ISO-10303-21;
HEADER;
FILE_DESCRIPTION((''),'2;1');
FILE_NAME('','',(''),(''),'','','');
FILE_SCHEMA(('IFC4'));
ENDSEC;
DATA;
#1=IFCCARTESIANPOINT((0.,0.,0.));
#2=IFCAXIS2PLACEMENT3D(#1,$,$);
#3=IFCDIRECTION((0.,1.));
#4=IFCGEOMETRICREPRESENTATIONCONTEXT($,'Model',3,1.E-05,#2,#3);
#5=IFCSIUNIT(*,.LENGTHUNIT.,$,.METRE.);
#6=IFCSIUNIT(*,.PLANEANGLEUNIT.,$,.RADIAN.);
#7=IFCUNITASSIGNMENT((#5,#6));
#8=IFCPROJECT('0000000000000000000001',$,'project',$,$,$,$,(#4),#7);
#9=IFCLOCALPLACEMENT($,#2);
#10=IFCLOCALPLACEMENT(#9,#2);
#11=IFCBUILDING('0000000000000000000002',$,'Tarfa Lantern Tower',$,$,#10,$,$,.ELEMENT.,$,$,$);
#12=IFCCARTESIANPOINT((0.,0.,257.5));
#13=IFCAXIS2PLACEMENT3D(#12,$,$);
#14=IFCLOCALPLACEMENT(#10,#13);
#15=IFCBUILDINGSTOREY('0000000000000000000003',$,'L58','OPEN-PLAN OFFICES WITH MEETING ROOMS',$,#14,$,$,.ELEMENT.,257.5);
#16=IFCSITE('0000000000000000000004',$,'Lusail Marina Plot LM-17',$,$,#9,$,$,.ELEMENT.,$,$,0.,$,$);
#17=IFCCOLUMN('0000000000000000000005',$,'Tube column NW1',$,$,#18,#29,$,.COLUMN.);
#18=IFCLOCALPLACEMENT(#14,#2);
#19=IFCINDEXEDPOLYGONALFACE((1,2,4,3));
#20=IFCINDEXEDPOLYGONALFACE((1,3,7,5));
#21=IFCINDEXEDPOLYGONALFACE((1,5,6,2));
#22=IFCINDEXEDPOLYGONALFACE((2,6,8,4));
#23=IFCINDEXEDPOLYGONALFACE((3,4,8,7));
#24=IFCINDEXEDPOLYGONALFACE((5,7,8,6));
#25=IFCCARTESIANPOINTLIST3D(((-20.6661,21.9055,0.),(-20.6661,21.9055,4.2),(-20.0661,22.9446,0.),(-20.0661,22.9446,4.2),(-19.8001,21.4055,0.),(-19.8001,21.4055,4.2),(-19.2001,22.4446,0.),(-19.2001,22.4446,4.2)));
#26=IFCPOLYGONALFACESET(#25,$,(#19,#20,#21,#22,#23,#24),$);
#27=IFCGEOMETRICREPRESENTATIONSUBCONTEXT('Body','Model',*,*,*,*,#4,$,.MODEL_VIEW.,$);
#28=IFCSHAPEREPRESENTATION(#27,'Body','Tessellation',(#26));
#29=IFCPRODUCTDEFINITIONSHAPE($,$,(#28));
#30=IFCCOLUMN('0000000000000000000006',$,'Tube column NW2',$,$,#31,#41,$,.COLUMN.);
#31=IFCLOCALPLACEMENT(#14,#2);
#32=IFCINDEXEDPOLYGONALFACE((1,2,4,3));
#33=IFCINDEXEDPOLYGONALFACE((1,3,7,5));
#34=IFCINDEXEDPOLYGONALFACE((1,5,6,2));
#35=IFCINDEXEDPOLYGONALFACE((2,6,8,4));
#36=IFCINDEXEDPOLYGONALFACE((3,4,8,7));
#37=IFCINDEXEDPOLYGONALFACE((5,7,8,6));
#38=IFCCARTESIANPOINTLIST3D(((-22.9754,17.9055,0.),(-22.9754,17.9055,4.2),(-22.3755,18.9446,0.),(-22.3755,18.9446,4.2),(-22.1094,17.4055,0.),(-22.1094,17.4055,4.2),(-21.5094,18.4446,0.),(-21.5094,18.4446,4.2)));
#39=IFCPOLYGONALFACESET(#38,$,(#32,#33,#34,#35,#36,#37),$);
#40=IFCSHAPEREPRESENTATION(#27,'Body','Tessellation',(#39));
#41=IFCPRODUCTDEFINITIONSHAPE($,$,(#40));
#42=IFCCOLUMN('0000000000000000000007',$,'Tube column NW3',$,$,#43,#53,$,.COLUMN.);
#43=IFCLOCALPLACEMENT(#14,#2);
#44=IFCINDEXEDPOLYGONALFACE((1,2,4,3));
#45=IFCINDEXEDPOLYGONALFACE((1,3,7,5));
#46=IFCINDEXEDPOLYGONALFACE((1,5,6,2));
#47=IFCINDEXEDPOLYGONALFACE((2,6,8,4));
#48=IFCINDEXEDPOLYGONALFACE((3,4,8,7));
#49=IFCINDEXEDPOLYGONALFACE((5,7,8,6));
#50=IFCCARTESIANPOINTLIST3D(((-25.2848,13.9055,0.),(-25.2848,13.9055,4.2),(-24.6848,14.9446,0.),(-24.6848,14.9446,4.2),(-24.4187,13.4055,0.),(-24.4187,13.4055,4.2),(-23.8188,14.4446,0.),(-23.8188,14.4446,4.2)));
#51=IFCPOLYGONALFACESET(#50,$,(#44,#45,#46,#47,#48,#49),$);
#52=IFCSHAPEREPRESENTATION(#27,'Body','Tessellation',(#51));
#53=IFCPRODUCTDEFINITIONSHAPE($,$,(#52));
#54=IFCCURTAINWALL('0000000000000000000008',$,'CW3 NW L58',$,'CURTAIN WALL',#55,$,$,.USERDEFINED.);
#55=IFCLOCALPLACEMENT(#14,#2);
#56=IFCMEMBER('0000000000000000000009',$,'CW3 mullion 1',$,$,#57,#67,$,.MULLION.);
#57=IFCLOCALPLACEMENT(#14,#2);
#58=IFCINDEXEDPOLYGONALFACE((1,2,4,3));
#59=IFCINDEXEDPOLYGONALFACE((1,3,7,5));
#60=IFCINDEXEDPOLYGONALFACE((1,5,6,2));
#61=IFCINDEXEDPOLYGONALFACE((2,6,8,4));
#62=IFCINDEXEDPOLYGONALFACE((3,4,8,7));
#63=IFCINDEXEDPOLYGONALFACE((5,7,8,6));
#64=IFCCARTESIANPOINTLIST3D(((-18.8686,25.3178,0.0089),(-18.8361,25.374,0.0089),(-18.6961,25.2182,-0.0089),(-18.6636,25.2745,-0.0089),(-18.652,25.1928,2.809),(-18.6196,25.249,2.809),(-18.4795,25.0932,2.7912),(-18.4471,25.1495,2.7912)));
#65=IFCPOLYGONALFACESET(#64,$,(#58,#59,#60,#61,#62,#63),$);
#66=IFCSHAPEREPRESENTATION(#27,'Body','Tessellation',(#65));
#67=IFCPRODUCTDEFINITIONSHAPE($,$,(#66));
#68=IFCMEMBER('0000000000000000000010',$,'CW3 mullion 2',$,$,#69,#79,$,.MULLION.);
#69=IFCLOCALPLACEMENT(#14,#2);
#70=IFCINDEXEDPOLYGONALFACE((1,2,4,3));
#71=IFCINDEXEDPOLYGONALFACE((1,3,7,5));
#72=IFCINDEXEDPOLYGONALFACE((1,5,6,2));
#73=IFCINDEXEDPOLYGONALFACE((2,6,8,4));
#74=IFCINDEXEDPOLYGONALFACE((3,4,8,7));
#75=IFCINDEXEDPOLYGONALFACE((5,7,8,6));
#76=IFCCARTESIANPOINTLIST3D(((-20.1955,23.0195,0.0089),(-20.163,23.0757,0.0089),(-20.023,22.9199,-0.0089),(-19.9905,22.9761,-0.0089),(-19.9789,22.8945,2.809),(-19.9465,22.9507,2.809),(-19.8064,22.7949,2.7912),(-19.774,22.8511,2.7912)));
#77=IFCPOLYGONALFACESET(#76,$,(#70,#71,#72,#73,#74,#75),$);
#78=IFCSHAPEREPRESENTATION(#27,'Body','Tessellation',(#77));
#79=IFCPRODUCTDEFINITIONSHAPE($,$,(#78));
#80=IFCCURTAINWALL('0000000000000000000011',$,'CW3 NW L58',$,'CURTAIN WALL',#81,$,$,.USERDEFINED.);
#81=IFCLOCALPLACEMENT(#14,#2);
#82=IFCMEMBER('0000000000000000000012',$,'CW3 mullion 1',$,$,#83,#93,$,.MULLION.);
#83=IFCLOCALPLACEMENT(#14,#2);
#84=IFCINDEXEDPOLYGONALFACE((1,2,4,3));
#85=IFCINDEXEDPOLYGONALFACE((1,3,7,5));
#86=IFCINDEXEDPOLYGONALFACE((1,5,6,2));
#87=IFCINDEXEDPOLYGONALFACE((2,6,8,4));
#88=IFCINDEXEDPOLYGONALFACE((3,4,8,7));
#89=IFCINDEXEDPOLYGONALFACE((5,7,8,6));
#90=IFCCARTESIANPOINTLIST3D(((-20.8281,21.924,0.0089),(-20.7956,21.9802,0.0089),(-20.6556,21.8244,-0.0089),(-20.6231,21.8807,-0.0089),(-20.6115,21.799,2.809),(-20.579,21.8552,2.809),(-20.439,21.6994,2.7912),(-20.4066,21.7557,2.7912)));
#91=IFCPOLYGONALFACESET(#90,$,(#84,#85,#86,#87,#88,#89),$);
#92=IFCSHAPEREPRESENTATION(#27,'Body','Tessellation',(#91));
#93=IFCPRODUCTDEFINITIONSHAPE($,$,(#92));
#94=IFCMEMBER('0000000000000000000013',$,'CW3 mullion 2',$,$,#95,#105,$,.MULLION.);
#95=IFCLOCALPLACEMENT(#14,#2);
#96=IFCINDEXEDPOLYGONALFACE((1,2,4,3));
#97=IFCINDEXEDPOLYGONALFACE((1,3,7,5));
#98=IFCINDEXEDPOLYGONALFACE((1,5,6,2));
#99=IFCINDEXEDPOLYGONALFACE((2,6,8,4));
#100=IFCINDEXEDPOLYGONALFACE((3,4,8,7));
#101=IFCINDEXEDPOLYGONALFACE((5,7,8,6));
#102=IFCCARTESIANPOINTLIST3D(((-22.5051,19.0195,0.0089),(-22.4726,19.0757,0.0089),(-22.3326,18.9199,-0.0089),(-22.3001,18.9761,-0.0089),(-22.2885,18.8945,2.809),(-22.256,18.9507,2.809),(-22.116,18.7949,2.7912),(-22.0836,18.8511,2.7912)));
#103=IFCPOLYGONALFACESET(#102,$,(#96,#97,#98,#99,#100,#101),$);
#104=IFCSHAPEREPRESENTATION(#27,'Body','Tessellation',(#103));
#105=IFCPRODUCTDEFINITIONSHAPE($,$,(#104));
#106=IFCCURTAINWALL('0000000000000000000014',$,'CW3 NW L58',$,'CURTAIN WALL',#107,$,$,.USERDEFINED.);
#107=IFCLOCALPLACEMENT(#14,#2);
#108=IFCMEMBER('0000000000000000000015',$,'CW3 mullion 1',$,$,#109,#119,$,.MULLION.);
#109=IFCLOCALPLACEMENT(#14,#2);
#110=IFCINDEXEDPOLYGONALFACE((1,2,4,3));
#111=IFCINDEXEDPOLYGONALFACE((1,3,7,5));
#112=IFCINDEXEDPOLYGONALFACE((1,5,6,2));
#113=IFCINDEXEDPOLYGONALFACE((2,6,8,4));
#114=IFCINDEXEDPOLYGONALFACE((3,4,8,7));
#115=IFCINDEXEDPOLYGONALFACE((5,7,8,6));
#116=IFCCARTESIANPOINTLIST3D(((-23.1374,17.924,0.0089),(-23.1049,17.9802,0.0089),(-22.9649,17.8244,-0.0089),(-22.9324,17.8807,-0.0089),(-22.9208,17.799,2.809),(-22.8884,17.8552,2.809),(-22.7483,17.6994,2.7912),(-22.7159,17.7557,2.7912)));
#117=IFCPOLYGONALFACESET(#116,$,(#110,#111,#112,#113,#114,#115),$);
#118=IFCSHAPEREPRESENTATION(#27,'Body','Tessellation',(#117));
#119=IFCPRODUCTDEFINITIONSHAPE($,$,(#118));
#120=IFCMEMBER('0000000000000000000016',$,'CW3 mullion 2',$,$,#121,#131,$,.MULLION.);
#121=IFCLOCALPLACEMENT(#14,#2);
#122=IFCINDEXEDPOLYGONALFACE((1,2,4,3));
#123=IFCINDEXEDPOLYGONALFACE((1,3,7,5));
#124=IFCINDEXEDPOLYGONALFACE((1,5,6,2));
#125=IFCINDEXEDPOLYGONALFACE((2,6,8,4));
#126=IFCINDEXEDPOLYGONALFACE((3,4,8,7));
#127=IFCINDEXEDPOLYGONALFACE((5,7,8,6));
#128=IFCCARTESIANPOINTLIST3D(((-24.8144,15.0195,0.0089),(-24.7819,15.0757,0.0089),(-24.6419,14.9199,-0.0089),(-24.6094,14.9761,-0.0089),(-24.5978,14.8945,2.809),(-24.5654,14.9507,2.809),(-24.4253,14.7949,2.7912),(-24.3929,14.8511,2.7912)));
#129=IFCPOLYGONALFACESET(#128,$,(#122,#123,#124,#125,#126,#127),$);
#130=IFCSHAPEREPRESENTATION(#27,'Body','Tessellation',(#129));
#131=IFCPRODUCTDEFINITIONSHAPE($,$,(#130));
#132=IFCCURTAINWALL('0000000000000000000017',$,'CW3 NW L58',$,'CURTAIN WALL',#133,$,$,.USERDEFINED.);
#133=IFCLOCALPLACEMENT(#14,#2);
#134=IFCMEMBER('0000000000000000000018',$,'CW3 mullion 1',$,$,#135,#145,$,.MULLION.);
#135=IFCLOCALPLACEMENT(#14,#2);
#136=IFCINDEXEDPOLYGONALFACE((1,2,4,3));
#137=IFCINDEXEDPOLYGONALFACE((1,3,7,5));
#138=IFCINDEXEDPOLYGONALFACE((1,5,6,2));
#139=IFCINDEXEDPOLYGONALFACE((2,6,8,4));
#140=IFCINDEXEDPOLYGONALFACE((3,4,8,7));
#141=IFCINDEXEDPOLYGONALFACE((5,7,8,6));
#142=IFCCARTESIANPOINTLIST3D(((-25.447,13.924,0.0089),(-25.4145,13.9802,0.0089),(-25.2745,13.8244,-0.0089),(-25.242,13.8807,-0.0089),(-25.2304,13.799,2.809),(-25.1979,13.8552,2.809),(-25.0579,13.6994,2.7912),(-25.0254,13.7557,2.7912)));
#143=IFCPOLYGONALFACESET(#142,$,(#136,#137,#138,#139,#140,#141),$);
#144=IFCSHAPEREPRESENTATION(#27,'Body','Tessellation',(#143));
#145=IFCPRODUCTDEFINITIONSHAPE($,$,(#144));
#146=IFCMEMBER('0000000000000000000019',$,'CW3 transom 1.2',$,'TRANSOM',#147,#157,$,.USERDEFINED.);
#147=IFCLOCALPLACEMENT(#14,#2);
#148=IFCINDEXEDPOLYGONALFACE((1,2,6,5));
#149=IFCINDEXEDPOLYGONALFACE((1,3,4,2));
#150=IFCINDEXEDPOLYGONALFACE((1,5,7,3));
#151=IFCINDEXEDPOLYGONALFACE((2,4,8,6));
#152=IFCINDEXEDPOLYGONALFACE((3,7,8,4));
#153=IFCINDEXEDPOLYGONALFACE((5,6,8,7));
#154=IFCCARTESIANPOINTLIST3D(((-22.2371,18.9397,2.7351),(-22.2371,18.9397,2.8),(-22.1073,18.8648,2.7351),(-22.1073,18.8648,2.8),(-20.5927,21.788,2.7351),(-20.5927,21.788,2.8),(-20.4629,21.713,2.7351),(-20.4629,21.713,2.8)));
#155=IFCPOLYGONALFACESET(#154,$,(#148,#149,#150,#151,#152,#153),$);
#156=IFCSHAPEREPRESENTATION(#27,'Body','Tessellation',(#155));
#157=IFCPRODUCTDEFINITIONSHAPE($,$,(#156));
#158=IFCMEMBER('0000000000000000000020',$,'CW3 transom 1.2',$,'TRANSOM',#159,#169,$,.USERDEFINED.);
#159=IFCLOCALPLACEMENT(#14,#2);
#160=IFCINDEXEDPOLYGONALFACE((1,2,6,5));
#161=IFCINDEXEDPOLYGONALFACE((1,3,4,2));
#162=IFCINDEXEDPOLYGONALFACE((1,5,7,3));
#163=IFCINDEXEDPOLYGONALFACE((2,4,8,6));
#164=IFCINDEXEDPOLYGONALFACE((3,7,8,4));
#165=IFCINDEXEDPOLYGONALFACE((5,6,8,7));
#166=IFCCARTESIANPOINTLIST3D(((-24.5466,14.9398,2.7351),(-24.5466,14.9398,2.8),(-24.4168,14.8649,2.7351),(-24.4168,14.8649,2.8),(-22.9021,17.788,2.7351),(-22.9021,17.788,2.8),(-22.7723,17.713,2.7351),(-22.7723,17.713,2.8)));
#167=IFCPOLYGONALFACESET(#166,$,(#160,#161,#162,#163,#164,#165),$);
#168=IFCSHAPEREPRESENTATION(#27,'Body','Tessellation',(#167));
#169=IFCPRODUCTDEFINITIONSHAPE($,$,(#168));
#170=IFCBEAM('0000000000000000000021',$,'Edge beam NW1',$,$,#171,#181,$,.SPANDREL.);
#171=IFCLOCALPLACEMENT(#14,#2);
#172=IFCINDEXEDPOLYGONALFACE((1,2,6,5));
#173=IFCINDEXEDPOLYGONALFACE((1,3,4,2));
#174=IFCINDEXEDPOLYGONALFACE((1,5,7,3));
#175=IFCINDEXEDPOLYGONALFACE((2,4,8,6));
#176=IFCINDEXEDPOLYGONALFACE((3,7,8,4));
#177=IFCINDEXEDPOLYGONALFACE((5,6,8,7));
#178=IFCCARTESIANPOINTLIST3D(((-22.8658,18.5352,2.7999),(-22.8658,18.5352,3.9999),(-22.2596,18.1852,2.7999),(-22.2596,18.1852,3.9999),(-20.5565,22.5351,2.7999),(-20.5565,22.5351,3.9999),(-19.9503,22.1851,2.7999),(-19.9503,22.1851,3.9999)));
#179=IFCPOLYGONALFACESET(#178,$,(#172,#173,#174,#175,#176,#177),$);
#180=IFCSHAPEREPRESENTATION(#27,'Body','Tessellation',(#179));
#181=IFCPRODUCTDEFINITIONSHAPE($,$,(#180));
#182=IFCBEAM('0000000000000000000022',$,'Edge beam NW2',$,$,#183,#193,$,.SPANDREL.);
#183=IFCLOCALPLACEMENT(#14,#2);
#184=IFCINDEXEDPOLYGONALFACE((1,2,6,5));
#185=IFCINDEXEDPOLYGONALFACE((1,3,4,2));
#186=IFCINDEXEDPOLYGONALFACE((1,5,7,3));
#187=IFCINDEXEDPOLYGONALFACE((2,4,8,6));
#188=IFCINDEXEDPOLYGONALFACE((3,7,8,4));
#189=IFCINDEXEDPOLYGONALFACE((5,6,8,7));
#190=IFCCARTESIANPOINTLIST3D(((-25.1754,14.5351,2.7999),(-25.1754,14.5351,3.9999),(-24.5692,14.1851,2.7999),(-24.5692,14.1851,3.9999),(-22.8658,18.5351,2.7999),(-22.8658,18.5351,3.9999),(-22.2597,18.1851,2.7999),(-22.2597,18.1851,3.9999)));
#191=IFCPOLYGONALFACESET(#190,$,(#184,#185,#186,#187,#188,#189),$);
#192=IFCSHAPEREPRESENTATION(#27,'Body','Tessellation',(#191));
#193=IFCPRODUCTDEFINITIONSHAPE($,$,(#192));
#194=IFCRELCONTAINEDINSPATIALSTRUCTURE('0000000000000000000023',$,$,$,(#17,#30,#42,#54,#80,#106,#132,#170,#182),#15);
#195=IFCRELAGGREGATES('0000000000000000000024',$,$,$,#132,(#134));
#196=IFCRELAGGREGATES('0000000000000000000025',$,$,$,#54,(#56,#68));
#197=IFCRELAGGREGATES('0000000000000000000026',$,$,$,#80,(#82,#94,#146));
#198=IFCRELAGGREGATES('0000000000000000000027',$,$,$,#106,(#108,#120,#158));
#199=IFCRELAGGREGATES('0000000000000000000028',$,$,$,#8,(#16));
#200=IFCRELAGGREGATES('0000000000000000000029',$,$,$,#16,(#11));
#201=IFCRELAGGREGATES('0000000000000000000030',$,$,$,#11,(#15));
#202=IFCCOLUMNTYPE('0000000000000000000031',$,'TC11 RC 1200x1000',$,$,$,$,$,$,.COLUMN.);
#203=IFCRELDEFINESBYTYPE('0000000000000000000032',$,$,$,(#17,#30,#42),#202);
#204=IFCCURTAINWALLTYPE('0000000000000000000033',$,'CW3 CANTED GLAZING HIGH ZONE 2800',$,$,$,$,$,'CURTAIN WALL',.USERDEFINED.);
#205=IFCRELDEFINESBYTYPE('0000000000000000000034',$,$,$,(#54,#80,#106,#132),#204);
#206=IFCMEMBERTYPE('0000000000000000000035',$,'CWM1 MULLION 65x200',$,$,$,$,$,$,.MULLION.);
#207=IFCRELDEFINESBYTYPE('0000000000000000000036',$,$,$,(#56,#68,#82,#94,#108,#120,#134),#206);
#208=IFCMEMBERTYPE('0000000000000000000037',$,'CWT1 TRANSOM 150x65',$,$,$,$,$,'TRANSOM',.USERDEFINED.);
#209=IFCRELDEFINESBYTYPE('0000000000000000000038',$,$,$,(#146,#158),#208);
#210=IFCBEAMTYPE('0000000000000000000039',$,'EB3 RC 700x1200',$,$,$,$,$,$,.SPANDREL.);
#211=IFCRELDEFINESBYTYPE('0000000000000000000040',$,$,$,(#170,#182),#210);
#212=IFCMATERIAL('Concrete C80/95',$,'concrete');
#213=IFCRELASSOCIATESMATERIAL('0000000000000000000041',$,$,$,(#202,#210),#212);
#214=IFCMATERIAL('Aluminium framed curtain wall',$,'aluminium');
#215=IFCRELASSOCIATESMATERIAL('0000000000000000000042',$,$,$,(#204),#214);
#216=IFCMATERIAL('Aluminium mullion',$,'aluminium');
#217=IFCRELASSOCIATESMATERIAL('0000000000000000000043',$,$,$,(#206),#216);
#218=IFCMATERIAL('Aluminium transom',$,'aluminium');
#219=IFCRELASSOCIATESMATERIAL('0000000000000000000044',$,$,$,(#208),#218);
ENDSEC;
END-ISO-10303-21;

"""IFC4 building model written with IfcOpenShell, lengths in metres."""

from ifc_helpers import new_model, si_unit, direction, frame, origin, origin_2d, place, context, subcontext, project, spatial, rectangle, extrude, material, material_profile, profile_set, type_object, element, aggregate, save


model = new_model("IFC4")

# Units and contexts
model_context = context("Model", 3, precision=1e-05, world=origin(), true_north=direction((0.0, 1.0)))
body_context = subcontext(model_context, "Body", "Model", "MODEL_VIEW")
ifc_project = project(units=[si_unit("LENGTHUNIT", "METRE"), si_unit("PLANEANGLEUNIT", "RADIAN")], contexts=[model_context])

# Site, building, storey
site_placement = place(None, origin())
site = spatial("IfcSite", under=ifc_project, at=site_placement, Name="Lusail Marina Plot LM-17", CompositionType="ELEMENT", RefElevation=0.0)
building_placement = place(site_placement, origin())
building = spatial("IfcBuilding", under=site, at=building_placement, Name="Tarfa Lantern Tower", CompositionType="ELEMENT")
storey_placement = place(building_placement, frame((0.0, 0.0, 257.5)))
storey = spatial("IfcBuildingStorey", under=building, at=storey_placement, Name="L58", Description="OPEN-PLAN OFFICES WITH MEETING ROOMS", CompositionType="ELEMENT", Elevation=257.5)

# Columns
ifc_material_1 = material(Name="Concrete C80/95", Category="concrete")
ifc_material_profile_1 = material_profile(ifc_material_1, rectangle(XDim=1.2, YDim=1.0, at=origin_2d()), Name="RC 1200x1000")
ifc_profile_set_1 = profile_set([ifc_material_profile_1], Name="Concrete C80/95")
column_type = type_object("IfcColumnType", Name="TC11 RC 1200x1000", PredefinedType="COLUMN", material=ifc_profile_set_1)
for number, where, z_axis, x_axis, name in (
    (1, (-19.9331, 22.175, 0.0), (0.0, 0.0, 1.0), (-0.5, -0.866025, 0.0), "Tube column NW1"),
    (2, (-22.2424, 18.175, 0.0), (0.0, 0.0, 1.0), (-0.5, -0.866025, 0.0), "Tube column NW2"),
    (3, (-24.5518, 14.175, 0.0), (0.0, 0.0, 1.0), (-0.5, -0.866025, 0.0), "Tube column NW3"),
):
    element("IfcColumn", number, at=place(storey_placement, frame(where, z_axis=z_axis, x_axis=x_axis)), inside=storey, type_object=column_type, Name=name, PredefinedType="COLUMN", context=body_context, shape_type="SweptSolid", body=[
        extrude(rectangle(XDim=1.2, YDim=1.0, at=origin_2d()), origin(), (0.0, 0.0, 1.0), 4.2),
    ])

# Curtain walls, members
ifc_material_2 = material(Name="Aluminium framed curtain wall", Category="aluminium")
curtain_wall_type = type_object("IfcCurtainWallType", Name="CW3 CANTED GLAZING HIGH ZONE 2800", ElementType="CURTAIN WALL", PredefinedType="USERDEFINED", material=ifc_material_2)
curtain_wall_1_placement = place(storey_placement, origin())
curtain_wall_1 = element("IfcCurtainWall", 4, at=curtain_wall_1_placement, inside=storey, type_object=curtain_wall_type, Name="CW3 NW L58", ObjectType="CURTAIN WALL", PredefinedType="USERDEFINED")
ifc_material_3 = material(Name="Aluminium mullion", Category="aluminium")
ifc_material_profile_2 = material_profile(ifc_material_3, rectangle(XDim=0.0649, YDim=0.2, at=origin_2d()), Name="AL MULLION 65x200")
ifc_profile_set_2 = profile_set([ifc_material_profile_2], Name="Aluminium mullion")
member_type_1 = type_object("IfcMemberType", Name="CWM1 MULLION 65x200", PredefinedType="MULLION", material=ifc_profile_set_2)
member_1_placement = place(storey_placement, frame((-18.7661, 25.2961, 0.0), z_axis=(0.077032, -0.044465, 0.996037), x_axis=(0.49992, 0.866072, 0.0)))
member_1 = element("IfcMember", 5, at=member_1_placement, type_object=member_type_1, Name="CW3 mullion 1", PredefinedType="MULLION", context=body_context, shape_type="SweptSolid", body=[
    extrude(rectangle(XDim=0.0649, YDim=0.2, at=origin_2d()), origin(), (0.0, 0.0, 1.0), 2.8113),
])
member_2_placement = place(storey_placement, frame((-20.093, 22.9978, 0.0), z_axis=(0.077032, -0.044465, 0.996037), x_axis=(0.49992, 0.866072, 0.0)))
member_2 = element("IfcMember", 6, at=member_2_placement, type_object=member_type_1, Name="CW3 mullion 2", PredefinedType="MULLION", context=body_context, shape_type="SweptSolid", body=[
    extrude(rectangle(XDim=0.0649, YDim=0.2, at=origin_2d()), origin(), (0.0, 0.0, 1.0), 2.8113),
])
curtain_wall_2_placement = place(storey_placement, origin())
curtain_wall_2 = element("IfcCurtainWall", 7, at=curtain_wall_2_placement, inside=storey, type_object=curtain_wall_type, Name="CW3 NW L58", ObjectType="CURTAIN WALL", PredefinedType="USERDEFINED")
member_3_placement = place(storey_placement, frame((-20.7256, 21.9023, 0.0), z_axis=(0.077032, -0.044465, 0.996037), x_axis=(0.49992, 0.866072, 0.0)))
member_3 = element("IfcMember", 8, at=member_3_placement, type_object=member_type_1, Name="CW3 mullion 1", PredefinedType="MULLION", context=body_context, shape_type="SweptSolid", body=[
    extrude(rectangle(XDim=0.0649, YDim=0.2, at=origin_2d()), origin(), (0.0, 0.0, 1.0), 2.8113),
])
member_4_placement = place(storey_placement, frame((-22.4026, 18.9978, 0.0), z_axis=(0.077032, -0.044465, 0.996037), x_axis=(0.49992, 0.866072, 0.0)))
member_4 = element("IfcMember", 9, at=member_4_placement, type_object=member_type_1, Name="CW3 mullion 2", PredefinedType="MULLION", context=body_context, shape_type="SweptSolid", body=[
    extrude(rectangle(XDim=0.0649, YDim=0.2, at=origin_2d()), origin(), (0.0, 0.0, 1.0), 2.8113),
])
curtain_wall_3_placement = place(storey_placement, origin())
curtain_wall_3 = element("IfcCurtainWall", 10, at=curtain_wall_3_placement, inside=storey, type_object=curtain_wall_type, Name="CW3 NW L58", ObjectType="CURTAIN WALL", PredefinedType="USERDEFINED")
member_5_placement = place(storey_placement, frame((-23.0349, 17.9023, 0.0), z_axis=(0.077032, -0.044465, 0.996037), x_axis=(0.49992, 0.866072, 0.0)))
member_5 = element("IfcMember", 11, at=member_5_placement, type_object=member_type_1, Name="CW3 mullion 1", PredefinedType="MULLION", context=body_context, shape_type="SweptSolid", body=[
    extrude(rectangle(XDim=0.0649, YDim=0.2, at=origin_2d()), origin(), (0.0, 0.0, 1.0), 2.8113),
])
member_6_placement = place(storey_placement, frame((-24.7119, 14.9978, 0.0), z_axis=(0.077032, -0.044465, 0.996037), x_axis=(0.49992, 0.866072, 0.0)))
member_6 = element("IfcMember", 12, at=member_6_placement, type_object=member_type_1, Name="CW3 mullion 2", PredefinedType="MULLION", context=body_context, shape_type="SweptSolid", body=[
    extrude(rectangle(XDim=0.0649, YDim=0.2, at=origin_2d()), origin(), (0.0, 0.0, 1.0), 2.8113),
])

# Curtain wall, member
curtain_wall_4_placement = place(storey_placement, origin())
curtain_wall_4 = element("IfcCurtainWall", 13, at=curtain_wall_4_placement, inside=storey, type_object=curtain_wall_type, Name="CW3 NW L58", ObjectType="CURTAIN WALL", PredefinedType="USERDEFINED")
member_7_placement = place(storey_placement, frame((-25.3445, 13.9023, 0.0), z_axis=(0.077032, -0.044465, 0.996037), x_axis=(0.49992, 0.866072, 0.0)))
member_7 = element("IfcMember", 14, at=member_7_placement, type_object=member_type_1, Name="CW3 mullion 1", PredefinedType="MULLION", context=body_context, shape_type="SweptSolid", body=[
    extrude(rectangle(XDim=0.0649, YDim=0.2, at=origin_2d()), origin(), (0.0, 0.0, 1.0), 2.8113),
])
aggregate(curtain_wall_4, [member_7])

# Members
ifc_material_4 = material(Name="Aluminium transom", Category="aluminium")
ifc_material_profile_3 = material_profile(ifc_material_4, rectangle(XDim=0.1499, YDim=0.0649, at=origin_2d()), Name="AL TRANSOM 150x65")
ifc_profile_set_3 = profile_set([ifc_material_profile_3], Name="Aluminium transom")
member_type_2 = type_object("IfcMemberType", Name="CWT1 TRANSOM 150x65", ElementType="TRANSOM", PredefinedType="USERDEFINED", material=ifc_profile_set_3)
member_8_placement = place(storey_placement, frame((-20.5278, 21.7505, 2.7676), z_axis=(-0.499979, -0.866037, 0.0), x_axis=(0.866037, -0.499979, 0.0)))
member_8 = element("IfcMember", 15, at=member_8_placement, type_object=member_type_2, Name="CW3 transom 1.2", ObjectType="TRANSOM", PredefinedType="USERDEFINED", context=body_context, shape_type="SweptSolid", body=[
    extrude(rectangle(XDim=0.1499, YDim=0.0649, at=origin_2d()), origin(), (0.0, 0.0, 1.0), 3.2888),
])
member_9_placement = place(storey_placement, frame((-22.8372, 17.7505, 2.7676), z_axis=(-0.500035, -0.866005, 0.0), x_axis=(0.866005, -0.500035, 0.0)))
member_9 = element("IfcMember", 16, at=member_9_placement, type_object=member_type_2, Name="CW3 transom 1.2", ObjectType="TRANSOM", PredefinedType="USERDEFINED", context=body_context, shape_type="SweptSolid", body=[
    extrude(rectangle(XDim=0.1499, YDim=0.0649, at=origin_2d()), origin(), (0.0, 0.0, 1.0), 3.2888),
])

# Beams
ifc_material_profile_4 = material_profile(ifc_material_1, rectangle(XDim=0.7, YDim=1.2, at=origin_2d()), Name="RC 700x1200")
ifc_profile_set_4 = profile_set([ifc_material_profile_4], Name="Concrete C80/95")
beam_type_1 = type_object("IfcBeamType", Name="EB3 RC 700x1200", PredefinedType="SPANDREL", material=ifc_profile_set_4)
beam_1_placement = place(storey_placement, frame((-20.2534, 22.3601, 3.3999), z_axis=(-0.499988, -0.866032, 0.0), x_axis=(0.866032, -0.499988, 0.0)))
element("IfcBeam", 17, at=beam_1_placement, inside=storey, type_object=beam_type_1, Name="Edge beam NW1", PredefinedType="SPANDREL", context=body_context, shape_type="SweptSolid", body=[
    extrude(rectangle(XDim=0.7, YDim=1.2, at=origin_2d()), origin(), (0.0, 0.0, 1.0), 4.6187),
])
beam_2_placement = place(storey_placement, frame((-22.5627, 18.3601, 3.3999), z_axis=(-0.500027, -0.86601, 0.0), x_axis=(0.86601, -0.500027, 0.0)))
element("IfcBeam", 18, at=beam_2_placement, inside=storey, type_object=beam_type_1, Name="Edge beam NW2", PredefinedType="SPANDREL", context=body_context, shape_type="SweptSolid", body=[
    extrude(rectangle(XDim=0.7, YDim=1.2, at=origin_2d()), origin(), (0.0, 0.0, 1.0), 4.6189),
])

aggregate(curtain_wall_1, [member_1, member_2])
aggregate(curtain_wall_2, [member_3, member_4, member_8])
aggregate(curtain_wall_3, [member_5, member_6, member_9])

save(model, "model.ifc")
